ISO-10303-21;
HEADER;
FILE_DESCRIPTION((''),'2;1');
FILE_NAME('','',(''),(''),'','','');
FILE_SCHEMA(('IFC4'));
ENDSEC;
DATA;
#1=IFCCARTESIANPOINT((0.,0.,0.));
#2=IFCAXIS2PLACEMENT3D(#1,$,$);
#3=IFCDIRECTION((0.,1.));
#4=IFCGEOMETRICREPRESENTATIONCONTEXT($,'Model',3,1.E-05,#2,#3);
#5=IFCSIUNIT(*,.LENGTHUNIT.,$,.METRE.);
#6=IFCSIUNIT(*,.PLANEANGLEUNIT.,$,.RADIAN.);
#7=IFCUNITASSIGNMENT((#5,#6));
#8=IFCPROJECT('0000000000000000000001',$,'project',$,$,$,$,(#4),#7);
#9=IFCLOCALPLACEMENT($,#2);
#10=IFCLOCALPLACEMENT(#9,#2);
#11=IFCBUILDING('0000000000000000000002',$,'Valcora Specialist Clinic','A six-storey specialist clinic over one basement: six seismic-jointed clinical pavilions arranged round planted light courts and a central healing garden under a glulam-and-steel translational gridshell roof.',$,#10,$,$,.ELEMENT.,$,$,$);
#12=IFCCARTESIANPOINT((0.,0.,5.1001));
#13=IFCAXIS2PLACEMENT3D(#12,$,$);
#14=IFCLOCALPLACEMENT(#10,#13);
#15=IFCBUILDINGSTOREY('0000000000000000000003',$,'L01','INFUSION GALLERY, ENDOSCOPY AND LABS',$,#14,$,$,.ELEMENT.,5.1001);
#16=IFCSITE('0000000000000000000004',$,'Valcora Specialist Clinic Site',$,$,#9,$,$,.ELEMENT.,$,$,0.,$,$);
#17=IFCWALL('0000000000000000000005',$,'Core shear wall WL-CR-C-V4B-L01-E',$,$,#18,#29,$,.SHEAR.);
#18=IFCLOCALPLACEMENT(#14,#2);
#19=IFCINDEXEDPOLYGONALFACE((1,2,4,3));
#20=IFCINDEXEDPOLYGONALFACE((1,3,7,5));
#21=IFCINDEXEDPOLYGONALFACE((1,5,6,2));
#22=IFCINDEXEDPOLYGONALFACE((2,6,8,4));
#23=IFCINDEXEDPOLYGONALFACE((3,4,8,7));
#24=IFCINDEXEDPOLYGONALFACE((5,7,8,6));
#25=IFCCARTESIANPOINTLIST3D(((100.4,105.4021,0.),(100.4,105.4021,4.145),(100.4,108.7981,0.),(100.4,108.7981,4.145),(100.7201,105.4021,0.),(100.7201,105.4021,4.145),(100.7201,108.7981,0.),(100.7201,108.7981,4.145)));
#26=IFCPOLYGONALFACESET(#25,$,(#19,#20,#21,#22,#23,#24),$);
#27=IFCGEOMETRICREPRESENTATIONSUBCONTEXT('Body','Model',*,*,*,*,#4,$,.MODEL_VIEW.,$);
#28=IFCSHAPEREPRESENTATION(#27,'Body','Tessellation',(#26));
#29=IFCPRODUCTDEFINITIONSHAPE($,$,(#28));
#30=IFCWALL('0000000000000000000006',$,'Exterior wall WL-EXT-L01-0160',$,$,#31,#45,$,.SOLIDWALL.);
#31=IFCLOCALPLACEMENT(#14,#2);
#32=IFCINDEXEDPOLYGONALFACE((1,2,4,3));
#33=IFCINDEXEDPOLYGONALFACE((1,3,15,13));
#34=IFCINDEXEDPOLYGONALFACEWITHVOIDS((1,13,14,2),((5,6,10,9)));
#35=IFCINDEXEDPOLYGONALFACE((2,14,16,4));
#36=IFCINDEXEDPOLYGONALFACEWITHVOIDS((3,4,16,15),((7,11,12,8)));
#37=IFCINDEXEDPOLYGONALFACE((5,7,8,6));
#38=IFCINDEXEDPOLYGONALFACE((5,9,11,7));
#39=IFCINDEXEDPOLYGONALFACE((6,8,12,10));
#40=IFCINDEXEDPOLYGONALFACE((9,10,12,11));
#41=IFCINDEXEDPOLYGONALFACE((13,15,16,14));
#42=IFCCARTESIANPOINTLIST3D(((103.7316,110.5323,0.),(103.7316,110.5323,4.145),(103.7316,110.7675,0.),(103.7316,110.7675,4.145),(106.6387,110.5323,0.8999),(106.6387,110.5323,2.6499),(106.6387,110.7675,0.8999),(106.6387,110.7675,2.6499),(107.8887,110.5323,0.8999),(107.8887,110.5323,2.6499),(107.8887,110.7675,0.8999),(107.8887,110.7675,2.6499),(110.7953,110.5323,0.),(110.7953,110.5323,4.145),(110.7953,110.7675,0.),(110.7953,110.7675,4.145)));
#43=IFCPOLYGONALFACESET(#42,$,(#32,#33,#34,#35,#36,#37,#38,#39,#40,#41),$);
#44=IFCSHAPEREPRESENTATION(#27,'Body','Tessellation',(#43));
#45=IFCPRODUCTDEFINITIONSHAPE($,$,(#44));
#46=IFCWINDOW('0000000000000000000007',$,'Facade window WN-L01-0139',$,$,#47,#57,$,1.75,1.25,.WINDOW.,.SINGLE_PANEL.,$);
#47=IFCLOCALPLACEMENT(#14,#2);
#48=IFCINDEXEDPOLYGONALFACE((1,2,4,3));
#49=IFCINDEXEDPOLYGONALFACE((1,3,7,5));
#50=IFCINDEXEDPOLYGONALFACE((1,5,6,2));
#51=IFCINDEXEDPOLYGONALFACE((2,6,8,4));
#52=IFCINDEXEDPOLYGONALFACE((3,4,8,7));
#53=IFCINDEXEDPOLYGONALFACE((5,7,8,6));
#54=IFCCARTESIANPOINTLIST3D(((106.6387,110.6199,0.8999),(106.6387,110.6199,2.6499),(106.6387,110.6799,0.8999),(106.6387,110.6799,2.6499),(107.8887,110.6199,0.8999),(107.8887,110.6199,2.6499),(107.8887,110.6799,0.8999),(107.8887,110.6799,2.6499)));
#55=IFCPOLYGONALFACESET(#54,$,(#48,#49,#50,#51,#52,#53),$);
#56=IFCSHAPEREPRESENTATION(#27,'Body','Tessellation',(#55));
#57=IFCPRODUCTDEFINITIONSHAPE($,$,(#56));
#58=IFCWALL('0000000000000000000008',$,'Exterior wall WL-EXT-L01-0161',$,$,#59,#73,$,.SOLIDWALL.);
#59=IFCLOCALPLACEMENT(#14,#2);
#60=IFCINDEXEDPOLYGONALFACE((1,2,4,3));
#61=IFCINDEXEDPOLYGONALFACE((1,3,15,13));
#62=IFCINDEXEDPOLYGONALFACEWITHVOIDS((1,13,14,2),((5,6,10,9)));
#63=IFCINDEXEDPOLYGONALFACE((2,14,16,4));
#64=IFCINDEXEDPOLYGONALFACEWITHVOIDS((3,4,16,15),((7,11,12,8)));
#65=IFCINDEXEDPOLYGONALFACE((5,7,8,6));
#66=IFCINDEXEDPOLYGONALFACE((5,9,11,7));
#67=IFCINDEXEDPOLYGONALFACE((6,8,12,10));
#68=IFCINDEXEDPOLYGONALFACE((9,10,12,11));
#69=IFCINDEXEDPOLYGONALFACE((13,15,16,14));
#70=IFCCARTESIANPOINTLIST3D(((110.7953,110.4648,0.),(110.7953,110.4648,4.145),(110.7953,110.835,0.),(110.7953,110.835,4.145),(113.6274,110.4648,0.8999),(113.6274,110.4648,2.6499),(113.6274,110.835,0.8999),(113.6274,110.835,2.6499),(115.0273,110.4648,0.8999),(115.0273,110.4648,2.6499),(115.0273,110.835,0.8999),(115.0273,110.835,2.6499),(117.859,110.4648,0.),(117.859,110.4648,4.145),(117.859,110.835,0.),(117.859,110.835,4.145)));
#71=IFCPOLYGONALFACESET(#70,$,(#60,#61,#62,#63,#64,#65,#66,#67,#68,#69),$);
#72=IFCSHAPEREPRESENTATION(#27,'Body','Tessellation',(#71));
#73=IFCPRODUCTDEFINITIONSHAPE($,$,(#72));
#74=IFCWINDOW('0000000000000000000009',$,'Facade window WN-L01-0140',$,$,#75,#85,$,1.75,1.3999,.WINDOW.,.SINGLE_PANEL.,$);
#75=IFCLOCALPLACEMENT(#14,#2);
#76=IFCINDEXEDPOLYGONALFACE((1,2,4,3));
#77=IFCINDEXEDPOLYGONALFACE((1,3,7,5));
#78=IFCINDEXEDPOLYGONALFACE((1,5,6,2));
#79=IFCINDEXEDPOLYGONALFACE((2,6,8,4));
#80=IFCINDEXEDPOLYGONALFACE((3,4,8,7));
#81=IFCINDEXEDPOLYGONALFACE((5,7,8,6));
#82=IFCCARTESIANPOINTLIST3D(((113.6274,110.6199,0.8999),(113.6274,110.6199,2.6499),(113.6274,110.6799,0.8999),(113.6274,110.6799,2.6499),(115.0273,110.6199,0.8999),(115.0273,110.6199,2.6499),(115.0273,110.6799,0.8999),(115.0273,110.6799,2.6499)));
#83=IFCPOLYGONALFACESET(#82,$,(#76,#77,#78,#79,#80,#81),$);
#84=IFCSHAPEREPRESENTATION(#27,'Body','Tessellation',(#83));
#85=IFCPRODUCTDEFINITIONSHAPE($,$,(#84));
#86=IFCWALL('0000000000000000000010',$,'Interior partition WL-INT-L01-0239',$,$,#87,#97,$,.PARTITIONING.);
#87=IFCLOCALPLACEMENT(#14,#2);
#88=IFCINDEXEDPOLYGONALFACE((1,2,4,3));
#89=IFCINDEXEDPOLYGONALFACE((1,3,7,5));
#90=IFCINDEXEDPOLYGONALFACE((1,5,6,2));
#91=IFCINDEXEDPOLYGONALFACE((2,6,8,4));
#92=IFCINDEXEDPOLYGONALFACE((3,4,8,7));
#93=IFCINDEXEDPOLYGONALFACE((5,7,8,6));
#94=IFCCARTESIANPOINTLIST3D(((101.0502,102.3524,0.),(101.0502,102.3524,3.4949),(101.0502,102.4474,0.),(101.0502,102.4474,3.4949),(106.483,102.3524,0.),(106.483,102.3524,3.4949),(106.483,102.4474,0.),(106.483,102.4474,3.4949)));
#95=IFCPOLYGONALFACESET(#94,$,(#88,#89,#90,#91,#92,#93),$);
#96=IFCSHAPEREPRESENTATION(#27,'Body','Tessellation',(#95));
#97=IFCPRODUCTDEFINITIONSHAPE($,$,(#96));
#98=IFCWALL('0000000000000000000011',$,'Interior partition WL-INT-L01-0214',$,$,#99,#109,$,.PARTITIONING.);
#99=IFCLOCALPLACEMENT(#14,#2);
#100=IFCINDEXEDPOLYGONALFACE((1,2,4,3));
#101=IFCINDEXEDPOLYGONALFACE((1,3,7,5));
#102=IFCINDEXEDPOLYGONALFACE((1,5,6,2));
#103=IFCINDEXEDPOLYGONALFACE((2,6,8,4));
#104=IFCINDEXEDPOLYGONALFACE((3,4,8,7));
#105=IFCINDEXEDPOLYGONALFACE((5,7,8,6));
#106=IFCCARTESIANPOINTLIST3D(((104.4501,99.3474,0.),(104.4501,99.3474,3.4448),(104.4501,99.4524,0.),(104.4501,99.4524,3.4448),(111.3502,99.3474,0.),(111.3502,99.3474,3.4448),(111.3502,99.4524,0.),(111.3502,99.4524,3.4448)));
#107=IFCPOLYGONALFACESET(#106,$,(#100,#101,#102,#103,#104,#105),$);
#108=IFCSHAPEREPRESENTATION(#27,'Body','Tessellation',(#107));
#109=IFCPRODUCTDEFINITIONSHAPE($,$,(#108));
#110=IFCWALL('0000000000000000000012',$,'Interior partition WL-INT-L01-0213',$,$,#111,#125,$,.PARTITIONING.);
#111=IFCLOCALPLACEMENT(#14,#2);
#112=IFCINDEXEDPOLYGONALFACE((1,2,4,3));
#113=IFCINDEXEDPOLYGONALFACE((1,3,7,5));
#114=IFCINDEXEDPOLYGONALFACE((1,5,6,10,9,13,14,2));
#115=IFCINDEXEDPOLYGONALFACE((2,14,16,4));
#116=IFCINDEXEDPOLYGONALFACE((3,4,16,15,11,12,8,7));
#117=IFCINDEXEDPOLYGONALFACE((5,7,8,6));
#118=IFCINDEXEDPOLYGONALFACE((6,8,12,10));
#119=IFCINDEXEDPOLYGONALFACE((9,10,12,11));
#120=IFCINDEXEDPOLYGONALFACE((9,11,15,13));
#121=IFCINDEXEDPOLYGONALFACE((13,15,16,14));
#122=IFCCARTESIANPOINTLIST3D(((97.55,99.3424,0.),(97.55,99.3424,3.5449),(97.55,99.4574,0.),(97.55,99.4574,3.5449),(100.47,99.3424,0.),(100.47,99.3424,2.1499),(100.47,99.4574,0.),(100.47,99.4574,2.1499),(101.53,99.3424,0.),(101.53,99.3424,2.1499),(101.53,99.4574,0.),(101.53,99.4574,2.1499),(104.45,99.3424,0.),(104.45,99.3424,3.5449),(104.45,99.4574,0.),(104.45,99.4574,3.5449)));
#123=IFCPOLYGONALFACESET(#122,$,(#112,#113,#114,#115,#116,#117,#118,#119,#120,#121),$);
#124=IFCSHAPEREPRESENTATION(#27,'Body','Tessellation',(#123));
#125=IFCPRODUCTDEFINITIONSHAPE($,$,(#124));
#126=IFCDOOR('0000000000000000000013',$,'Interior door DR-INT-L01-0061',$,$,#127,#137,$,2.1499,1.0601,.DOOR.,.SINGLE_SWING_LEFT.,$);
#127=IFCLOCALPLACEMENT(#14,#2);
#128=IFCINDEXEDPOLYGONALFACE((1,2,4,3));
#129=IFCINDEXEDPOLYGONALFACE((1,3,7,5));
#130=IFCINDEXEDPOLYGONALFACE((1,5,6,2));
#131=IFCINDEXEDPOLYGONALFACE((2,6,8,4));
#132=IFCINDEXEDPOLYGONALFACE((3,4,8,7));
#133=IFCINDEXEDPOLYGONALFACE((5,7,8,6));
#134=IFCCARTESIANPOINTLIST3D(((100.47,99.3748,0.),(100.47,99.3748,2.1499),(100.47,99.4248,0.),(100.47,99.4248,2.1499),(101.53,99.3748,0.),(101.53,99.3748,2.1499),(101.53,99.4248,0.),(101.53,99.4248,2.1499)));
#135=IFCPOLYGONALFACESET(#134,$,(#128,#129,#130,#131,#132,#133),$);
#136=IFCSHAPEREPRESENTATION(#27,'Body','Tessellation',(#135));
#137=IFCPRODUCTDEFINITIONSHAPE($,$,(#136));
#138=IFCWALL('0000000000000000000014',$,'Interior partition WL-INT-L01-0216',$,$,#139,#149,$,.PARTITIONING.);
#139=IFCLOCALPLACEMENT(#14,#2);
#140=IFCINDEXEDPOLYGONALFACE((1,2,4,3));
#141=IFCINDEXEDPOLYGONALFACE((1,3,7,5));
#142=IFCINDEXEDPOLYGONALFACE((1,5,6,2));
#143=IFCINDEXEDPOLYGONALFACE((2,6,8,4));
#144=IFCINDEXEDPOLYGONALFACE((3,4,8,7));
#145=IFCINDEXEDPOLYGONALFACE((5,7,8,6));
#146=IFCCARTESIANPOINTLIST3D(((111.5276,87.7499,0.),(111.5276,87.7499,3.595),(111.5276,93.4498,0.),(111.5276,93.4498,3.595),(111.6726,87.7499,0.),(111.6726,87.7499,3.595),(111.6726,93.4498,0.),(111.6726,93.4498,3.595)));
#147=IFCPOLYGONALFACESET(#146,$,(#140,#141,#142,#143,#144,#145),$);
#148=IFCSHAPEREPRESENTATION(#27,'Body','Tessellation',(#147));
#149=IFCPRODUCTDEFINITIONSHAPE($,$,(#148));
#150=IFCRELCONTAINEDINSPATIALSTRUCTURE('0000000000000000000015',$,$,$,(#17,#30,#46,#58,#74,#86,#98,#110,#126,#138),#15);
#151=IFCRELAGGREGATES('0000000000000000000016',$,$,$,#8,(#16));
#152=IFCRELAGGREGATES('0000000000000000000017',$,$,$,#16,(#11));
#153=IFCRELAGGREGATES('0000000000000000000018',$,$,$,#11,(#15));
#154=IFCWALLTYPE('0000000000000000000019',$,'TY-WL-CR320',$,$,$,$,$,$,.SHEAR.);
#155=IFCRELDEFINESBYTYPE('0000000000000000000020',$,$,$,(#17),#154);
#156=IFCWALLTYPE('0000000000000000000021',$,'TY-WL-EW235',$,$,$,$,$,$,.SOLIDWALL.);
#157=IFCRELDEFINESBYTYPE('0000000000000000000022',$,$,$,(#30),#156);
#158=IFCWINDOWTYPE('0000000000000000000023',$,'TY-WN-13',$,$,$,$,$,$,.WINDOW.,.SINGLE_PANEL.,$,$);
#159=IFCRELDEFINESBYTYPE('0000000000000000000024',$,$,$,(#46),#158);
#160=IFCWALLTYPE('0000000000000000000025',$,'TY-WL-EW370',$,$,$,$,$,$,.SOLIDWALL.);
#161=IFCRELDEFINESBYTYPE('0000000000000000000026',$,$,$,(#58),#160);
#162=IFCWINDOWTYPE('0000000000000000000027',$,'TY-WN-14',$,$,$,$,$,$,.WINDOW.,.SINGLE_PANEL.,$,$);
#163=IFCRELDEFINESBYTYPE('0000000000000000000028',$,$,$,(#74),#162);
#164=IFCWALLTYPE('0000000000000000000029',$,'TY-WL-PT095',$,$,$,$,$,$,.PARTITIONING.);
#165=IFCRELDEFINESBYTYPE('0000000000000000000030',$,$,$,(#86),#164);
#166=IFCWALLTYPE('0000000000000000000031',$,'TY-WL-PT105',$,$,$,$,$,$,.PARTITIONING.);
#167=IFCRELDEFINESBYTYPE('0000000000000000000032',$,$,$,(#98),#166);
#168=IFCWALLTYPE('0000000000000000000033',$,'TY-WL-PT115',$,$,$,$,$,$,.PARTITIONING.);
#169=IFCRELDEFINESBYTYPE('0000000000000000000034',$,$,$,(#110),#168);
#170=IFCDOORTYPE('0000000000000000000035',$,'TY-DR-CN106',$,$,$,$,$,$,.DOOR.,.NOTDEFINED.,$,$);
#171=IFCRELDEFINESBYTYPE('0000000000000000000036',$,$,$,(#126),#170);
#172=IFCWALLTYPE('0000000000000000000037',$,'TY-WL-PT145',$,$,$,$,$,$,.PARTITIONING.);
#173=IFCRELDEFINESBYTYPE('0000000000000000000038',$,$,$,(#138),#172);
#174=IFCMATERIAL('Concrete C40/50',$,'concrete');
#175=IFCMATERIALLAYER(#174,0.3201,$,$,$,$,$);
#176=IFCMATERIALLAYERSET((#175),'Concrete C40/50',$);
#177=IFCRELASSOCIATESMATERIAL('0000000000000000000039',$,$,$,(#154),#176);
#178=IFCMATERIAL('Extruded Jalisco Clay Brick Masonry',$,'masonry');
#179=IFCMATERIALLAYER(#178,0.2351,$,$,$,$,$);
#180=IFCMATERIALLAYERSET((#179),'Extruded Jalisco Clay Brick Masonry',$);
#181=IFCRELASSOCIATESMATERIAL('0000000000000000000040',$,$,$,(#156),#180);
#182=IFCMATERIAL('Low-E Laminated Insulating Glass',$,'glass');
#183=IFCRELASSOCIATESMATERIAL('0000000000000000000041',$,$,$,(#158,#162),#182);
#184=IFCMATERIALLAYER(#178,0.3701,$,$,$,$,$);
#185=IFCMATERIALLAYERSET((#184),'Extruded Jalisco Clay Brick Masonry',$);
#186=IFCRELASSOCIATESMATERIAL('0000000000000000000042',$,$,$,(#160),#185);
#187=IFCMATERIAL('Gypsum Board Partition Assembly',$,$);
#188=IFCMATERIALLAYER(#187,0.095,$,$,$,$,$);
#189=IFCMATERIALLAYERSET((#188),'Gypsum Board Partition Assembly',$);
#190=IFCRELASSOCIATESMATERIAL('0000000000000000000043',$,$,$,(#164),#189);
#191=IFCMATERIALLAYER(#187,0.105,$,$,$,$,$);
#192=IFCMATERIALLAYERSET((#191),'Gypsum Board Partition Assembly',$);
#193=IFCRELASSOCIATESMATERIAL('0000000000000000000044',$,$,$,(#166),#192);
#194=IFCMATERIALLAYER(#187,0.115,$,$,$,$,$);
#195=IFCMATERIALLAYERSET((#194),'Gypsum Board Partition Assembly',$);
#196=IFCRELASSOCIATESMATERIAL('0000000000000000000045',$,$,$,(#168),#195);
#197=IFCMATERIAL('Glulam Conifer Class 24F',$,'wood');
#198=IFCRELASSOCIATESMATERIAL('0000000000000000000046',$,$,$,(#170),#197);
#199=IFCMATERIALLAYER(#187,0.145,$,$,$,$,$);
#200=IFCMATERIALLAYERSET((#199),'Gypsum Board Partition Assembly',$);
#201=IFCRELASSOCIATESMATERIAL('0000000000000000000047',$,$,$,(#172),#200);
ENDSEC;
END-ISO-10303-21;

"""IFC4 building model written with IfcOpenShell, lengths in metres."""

from ifc_helpers import new_model, si_unit, direction, frame, frame_2d, origin, place, context, subcontext, project, spatial, rectangle, extrude, material, layer, layer_set, type_object, element, fill, save


model = new_model("IFC4")

# Units and contexts
model_context = context("Model", 3, precision=1e-05, world=origin(), true_north=direction((0.0, 1.0)))
body_context = subcontext(model_context, "Body", "Model", "MODEL_VIEW")
ifc_project = project(units=[si_unit("LENGTHUNIT", "METRE"), si_unit("PLANEANGLEUNIT", "RADIAN")], contexts=[model_context])

# Site, building, storey
site_placement = place(None, origin())
site = spatial("IfcSite", under=ifc_project, at=site_placement, Name="Valcora Specialist Clinic Site", CompositionType="ELEMENT", RefElevation=0.0)
building_placement = place(site_placement, origin())
building = spatial("IfcBuilding", under=site, at=building_placement, Name="Valcora Specialist Clinic", Description="A six-storey specialist clinic over one basement: six seismic-jointed clinical pavilions arranged round planted light courts and a central healing garden under a glulam-and-steel translational gridshell roof.", CompositionType="ELEMENT")
storey_placement = place(building_placement, frame((0.0, 0.0, 5.1001)))
storey = spatial("IfcBuildingStorey", under=building, at=storey_placement, Name="L01", Description="INFUSION GALLERY, ENDOSCOPY AND LABS", CompositionType="ELEMENT", Elevation=5.1001)

# Shared definitions
ifc_material_1 = material(Name="Concrete C40/50", Category="concrete")

# Wall
ifc_layer_1 = layer(ifc_material_1, 0.3201)
ifc_layer_set_1 = layer_set([ifc_layer_1], Name="Concrete C40/50")
wall_type_1 = type_object("IfcWallType", Name="TY-WL-CR320", PredefinedType="SHEAR", material=ifc_layer_set_1)
wall_1_placement = place(storey_placement, frame((100.5601, 105.4021, 0.0), z_axis=(0.0, 0.0, 1.0), x_axis=(0.0, 1.0, 0.0)))
element("IfcWall", 1, at=wall_1_placement, inside=storey, type_object=wall_type_1, Name="Core shear wall WL-CR-C-V4B-L01-E", PredefinedType="SHEAR", context=body_context, shape_type="SweptSolid", body=[
    extrude(rectangle(XDim=3.396, YDim=0.3201, at=frame_2d((1.698, 0.0))), origin(), (0.0, 0.0, 1.0), 4.145),
])

# Walls, openings, windows
ifc_material_2 = material(Name="Extruded Jalisco Clay Brick Masonry", Category="masonry")
ifc_layer_2 = layer(ifc_material_2, 0.2351)
ifc_layer_set_2 = layer_set([ifc_layer_2], Name="Extruded Jalisco Clay Brick Masonry")
wall_type_2 = type_object("IfcWallType", Name="TY-WL-EW235", PredefinedType="SOLIDWALL", material=ifc_layer_set_2)
wall_2_placement = place(storey_placement, frame((103.7317, 110.6499, 0.0), z_axis=(0.0, 0.0, 1.0), x_axis=(1.0, 0.0, 0.0)))
wall_2 = element("IfcWall", 2, at=wall_2_placement, inside=storey, type_object=wall_type_2, Name="Exterior wall WL-EXT-L01-0160", PredefinedType="SOLIDWALL", context=body_context, shape_type="SweptSolid", body=[
    extrude(rectangle(XDim=7.0637, YDim=0.2351, at=frame_2d((3.5317, 0.0))), origin(), (0.0, 0.0, 1.0), 4.145),
])
opening_1_placement = place(wall_2_placement, frame((2.907, 0.0, 0.8999)))
opening_1 = element("IfcOpeningElement", 3, at=opening_1_placement, cuts=wall_2, PredefinedType="OPENING", context=body_context, shape_type="SweptSolid", body=[
    extrude(rectangle(XDim=1.25, YDim=1.75, at=frame_2d((0.625, 0.875))), frame((0.0, 0.1274, 0.0), z_axis=(0.0, -1.0, 0.0), x_axis=(1.0, 0.0, 0.0)), (0.0, 0.0, 1.0), 0.2551),
])
ifc_material_3 = material(Name="Low-E Laminated Insulating Glass", Category="glass")
window_type_1 = type_object("IfcWindowType", Name="TY-WN-13", PartitioningType="SINGLE_PANEL", PredefinedType="WINDOW", material=ifc_material_3)
window_1_placement = place(opening_1_placement, origin())
window_1 = element("IfcWindow", 4, at=window_1_placement, inside=storey, type_object=window_type_1, Name="Facade window WN-L01-0139", OverallHeight=1.75, OverallWidth=1.25, PartitioningType="SINGLE_PANEL", PredefinedType="WINDOW", context=body_context, shape_type="SweptSolid", body=[
    extrude(rectangle(XDim=1.25, YDim=1.75, at=frame_2d((0.625, 0.875))), frame((0.0, 0.03, 0.0), z_axis=(0.0, -1.0, 0.0), x_axis=(1.0, 0.0, 0.0)), (0.0, 0.0, 1.0), 0.0601),
])
fill(opening_1, window_1)
ifc_layer_3 = layer(ifc_material_2, 0.3701)
ifc_layer_set_3 = layer_set([ifc_layer_3], Name="Extruded Jalisco Clay Brick Masonry")
wall_type_3 = type_object("IfcWallType", Name="TY-WL-EW370", PredefinedType="SOLIDWALL", material=ifc_layer_set_3)
wall_3_placement = place(storey_placement, frame((110.7954, 110.6499, 0.0), z_axis=(0.0, 0.0, 1.0), x_axis=(1.0, 0.0, 0.0)))
wall_3 = element("IfcWall", 5, at=wall_3_placement, inside=storey, type_object=wall_type_3, Name="Exterior wall WL-EXT-L01-0161", PredefinedType="SOLIDWALL", context=body_context, shape_type="SweptSolid", body=[
    extrude(rectangle(XDim=7.0637, YDim=0.3701, at=frame_2d((3.5317, 0.0))), origin(), (0.0, 0.0, 1.0), 4.145),
])
opening_2_placement = place(wall_3_placement, frame((2.832, 0.0, 0.8999)))
opening_2 = element("IfcOpeningElement", 6, at=opening_2_placement, cuts=wall_3, PredefinedType="OPENING", context=body_context, shape_type="SweptSolid", body=[
    extrude(rectangle(XDim=1.3999, YDim=1.75, at=frame_2d((0.7, 0.875))), frame((0.0, 0.1951, 0.0), z_axis=(0.0, -1.0, 0.0), x_axis=(1.0, 0.0, 0.0)), (0.0, 0.0, 1.0), 0.3901),
])
window_type_2 = type_object("IfcWindowType", Name="TY-WN-14", PartitioningType="SINGLE_PANEL", PredefinedType="WINDOW", material=ifc_material_3)
window_2_placement = place(opening_2_placement, origin())
window_2 = element("IfcWindow", 7, at=window_2_placement, inside=storey, type_object=window_type_2, Name="Facade window WN-L01-0140", OverallHeight=1.75, OverallWidth=1.3999, PartitioningType="SINGLE_PANEL", PredefinedType="WINDOW", context=body_context, shape_type="SweptSolid", body=[
    extrude(rectangle(XDim=1.3999, YDim=1.75, at=frame_2d((0.7, 0.875))), frame((0.0, 0.03, 0.0), z_axis=(0.0, -1.0, 0.0), x_axis=(1.0, 0.0, 0.0)), (0.0, 0.0, 1.0), 0.0601),
])
fill(opening_2, window_2)

# Walls
ifc_material_4 = material(Name="Gypsum Board Partition Assembly")
ifc_layer_4 = layer(ifc_material_4, 0.095)
ifc_layer_set_4 = layer_set([ifc_layer_4], Name="Gypsum Board Partition Assembly")
wall_type_4 = type_object("IfcWallType", Name="TY-WL-PT095", PredefinedType="PARTITIONING", material=ifc_layer_set_4)
wall_4_placement = place(storey_placement, frame((106.4829, 102.3999, 0.0), z_axis=(0.0, 0.0, 1.0), x_axis=(-1.0, 0.0, 0.0)))
element("IfcWall", 8, at=wall_4_placement, inside=storey, type_object=wall_type_4, Name="Interior partition WL-INT-L01-0239", PredefinedType="PARTITIONING", context=body_context, shape_type="SweptSolid", body=[
    extrude(rectangle(XDim=5.4329, YDim=0.095, at=frame_2d((2.7163, 0.0))), origin(), (0.0, 0.0, 1.0), 3.4949),
])
ifc_layer_5 = layer(ifc_material_4, 0.105)
ifc_layer_set_5 = layer_set([ifc_layer_5], Name="Gypsum Board Partition Assembly")
wall_type_5 = type_object("IfcWallType", Name="TY-WL-PT105", PredefinedType="PARTITIONING", material=ifc_layer_set_5)
wall_5_placement = place(storey_placement, frame((104.45, 99.3999, 0.0), z_axis=(0.0, 0.0, 1.0), x_axis=(1.0, 0.0, 0.0)))
element("IfcWall", 9, at=wall_5_placement, inside=storey, type_object=wall_type_5, Name="Interior partition WL-INT-L01-0214", PredefinedType="PARTITIONING", context=body_context, shape_type="SweptSolid", body=[
    extrude(rectangle(XDim=6.9001, YDim=0.105, at=frame_2d((3.4502, 0.0))), origin(), (0.0, 0.0, 1.0), 3.4448),
])

# Wall, opening, door
ifc_layer_6 = layer(ifc_material_4, 0.115)
ifc_layer_set_6 = layer_set([ifc_layer_6], Name="Gypsum Board Partition Assembly")
wall_type_6 = type_object("IfcWallType", Name="TY-WL-PT115", PredefinedType="PARTITIONING", material=ifc_layer_set_6)
wall_6_placement = place(storey_placement, frame((97.55, 99.3999, 0.0), z_axis=(0.0, 0.0, 1.0), x_axis=(1.0, 0.0, 0.0)))
wall_6 = element("IfcWall", 10, at=wall_6_placement, inside=storey, type_object=wall_type_6, Name="Interior partition WL-INT-L01-0213", PredefinedType="PARTITIONING", context=body_context, shape_type="SweptSolid", body=[
    extrude(rectangle(XDim=6.8999, YDim=0.115, at=frame_2d((3.45, 0.0))), origin(), (0.0, 0.0, 1.0), 3.5449),
])
opening_3_placement = place(wall_6_placement, frame((2.9199, 0.0, 0.0)))
opening_3 = element("IfcOpeningElement", 11, at=opening_3_placement, cuts=wall_6, PredefinedType="OPENING", context=body_context, shape_type="SweptSolid", body=[
    extrude(rectangle(XDim=1.0601, YDim=2.1499, at=frame_2d((0.53, 1.075))), frame((0.0, 0.0674, 0.0), z_axis=(0.0, -1.0, 0.0), x_axis=(1.0, 0.0, 0.0)), (0.0, 0.0, 1.0), 0.135),
])
ifc_material_5 = material(Name="Glulam Conifer Class 24F", Category="wood")
door_type = type_object("IfcDoorType", Name="TY-DR-CN106", OperationType="NOTDEFINED", PredefinedType="DOOR", material=ifc_material_5)
door_placement = place(opening_3_placement, origin())
door = element("IfcDoor", 12, at=door_placement, inside=storey, type_object=door_type, Name="Interior door DR-INT-L01-0061", OperationType="SINGLE_SWING_LEFT", OverallHeight=2.1499, OverallWidth=1.0601, PredefinedType="DOOR", context=body_context, shape_type="SweptSolid", body=[
    extrude(rectangle(XDim=1.0601, YDim=2.1499, at=frame_2d((0.53, 1.075))), frame((0.0, 0.0249, 0.0), z_axis=(0.0, -1.0, 0.0), x_axis=(1.0, 0.0, 0.0)), (0.0, 0.0, 1.0), 0.05),
])
fill(opening_3, door)

# Wall
ifc_layer_7 = layer(ifc_material_4, 0.145)
ifc_layer_set_7 = layer_set([ifc_layer_7], Name="Gypsum Board Partition Assembly")
wall_type_7 = type_object("IfcWallType", Name="TY-WL-PT145", PredefinedType="PARTITIONING", material=ifc_layer_set_7)
wall_7_placement = place(storey_placement, frame((111.6001, 93.45, 0.0), z_axis=(0.0, 0.0, 1.0), x_axis=(0.0, -1.0, 0.0)))
element("IfcWall", 13, at=wall_7_placement, inside=storey, type_object=wall_type_7, Name="Interior partition WL-INT-L01-0216", PredefinedType="PARTITIONING", context=body_context, shape_type="SweptSolid", body=[
    extrude(rectangle(XDim=5.7, YDim=0.145, at=frame_2d((2.8501, 0.0))), origin(), (0.0, 0.0, 1.0), 3.595),
])

save(model, "model.ifc")
